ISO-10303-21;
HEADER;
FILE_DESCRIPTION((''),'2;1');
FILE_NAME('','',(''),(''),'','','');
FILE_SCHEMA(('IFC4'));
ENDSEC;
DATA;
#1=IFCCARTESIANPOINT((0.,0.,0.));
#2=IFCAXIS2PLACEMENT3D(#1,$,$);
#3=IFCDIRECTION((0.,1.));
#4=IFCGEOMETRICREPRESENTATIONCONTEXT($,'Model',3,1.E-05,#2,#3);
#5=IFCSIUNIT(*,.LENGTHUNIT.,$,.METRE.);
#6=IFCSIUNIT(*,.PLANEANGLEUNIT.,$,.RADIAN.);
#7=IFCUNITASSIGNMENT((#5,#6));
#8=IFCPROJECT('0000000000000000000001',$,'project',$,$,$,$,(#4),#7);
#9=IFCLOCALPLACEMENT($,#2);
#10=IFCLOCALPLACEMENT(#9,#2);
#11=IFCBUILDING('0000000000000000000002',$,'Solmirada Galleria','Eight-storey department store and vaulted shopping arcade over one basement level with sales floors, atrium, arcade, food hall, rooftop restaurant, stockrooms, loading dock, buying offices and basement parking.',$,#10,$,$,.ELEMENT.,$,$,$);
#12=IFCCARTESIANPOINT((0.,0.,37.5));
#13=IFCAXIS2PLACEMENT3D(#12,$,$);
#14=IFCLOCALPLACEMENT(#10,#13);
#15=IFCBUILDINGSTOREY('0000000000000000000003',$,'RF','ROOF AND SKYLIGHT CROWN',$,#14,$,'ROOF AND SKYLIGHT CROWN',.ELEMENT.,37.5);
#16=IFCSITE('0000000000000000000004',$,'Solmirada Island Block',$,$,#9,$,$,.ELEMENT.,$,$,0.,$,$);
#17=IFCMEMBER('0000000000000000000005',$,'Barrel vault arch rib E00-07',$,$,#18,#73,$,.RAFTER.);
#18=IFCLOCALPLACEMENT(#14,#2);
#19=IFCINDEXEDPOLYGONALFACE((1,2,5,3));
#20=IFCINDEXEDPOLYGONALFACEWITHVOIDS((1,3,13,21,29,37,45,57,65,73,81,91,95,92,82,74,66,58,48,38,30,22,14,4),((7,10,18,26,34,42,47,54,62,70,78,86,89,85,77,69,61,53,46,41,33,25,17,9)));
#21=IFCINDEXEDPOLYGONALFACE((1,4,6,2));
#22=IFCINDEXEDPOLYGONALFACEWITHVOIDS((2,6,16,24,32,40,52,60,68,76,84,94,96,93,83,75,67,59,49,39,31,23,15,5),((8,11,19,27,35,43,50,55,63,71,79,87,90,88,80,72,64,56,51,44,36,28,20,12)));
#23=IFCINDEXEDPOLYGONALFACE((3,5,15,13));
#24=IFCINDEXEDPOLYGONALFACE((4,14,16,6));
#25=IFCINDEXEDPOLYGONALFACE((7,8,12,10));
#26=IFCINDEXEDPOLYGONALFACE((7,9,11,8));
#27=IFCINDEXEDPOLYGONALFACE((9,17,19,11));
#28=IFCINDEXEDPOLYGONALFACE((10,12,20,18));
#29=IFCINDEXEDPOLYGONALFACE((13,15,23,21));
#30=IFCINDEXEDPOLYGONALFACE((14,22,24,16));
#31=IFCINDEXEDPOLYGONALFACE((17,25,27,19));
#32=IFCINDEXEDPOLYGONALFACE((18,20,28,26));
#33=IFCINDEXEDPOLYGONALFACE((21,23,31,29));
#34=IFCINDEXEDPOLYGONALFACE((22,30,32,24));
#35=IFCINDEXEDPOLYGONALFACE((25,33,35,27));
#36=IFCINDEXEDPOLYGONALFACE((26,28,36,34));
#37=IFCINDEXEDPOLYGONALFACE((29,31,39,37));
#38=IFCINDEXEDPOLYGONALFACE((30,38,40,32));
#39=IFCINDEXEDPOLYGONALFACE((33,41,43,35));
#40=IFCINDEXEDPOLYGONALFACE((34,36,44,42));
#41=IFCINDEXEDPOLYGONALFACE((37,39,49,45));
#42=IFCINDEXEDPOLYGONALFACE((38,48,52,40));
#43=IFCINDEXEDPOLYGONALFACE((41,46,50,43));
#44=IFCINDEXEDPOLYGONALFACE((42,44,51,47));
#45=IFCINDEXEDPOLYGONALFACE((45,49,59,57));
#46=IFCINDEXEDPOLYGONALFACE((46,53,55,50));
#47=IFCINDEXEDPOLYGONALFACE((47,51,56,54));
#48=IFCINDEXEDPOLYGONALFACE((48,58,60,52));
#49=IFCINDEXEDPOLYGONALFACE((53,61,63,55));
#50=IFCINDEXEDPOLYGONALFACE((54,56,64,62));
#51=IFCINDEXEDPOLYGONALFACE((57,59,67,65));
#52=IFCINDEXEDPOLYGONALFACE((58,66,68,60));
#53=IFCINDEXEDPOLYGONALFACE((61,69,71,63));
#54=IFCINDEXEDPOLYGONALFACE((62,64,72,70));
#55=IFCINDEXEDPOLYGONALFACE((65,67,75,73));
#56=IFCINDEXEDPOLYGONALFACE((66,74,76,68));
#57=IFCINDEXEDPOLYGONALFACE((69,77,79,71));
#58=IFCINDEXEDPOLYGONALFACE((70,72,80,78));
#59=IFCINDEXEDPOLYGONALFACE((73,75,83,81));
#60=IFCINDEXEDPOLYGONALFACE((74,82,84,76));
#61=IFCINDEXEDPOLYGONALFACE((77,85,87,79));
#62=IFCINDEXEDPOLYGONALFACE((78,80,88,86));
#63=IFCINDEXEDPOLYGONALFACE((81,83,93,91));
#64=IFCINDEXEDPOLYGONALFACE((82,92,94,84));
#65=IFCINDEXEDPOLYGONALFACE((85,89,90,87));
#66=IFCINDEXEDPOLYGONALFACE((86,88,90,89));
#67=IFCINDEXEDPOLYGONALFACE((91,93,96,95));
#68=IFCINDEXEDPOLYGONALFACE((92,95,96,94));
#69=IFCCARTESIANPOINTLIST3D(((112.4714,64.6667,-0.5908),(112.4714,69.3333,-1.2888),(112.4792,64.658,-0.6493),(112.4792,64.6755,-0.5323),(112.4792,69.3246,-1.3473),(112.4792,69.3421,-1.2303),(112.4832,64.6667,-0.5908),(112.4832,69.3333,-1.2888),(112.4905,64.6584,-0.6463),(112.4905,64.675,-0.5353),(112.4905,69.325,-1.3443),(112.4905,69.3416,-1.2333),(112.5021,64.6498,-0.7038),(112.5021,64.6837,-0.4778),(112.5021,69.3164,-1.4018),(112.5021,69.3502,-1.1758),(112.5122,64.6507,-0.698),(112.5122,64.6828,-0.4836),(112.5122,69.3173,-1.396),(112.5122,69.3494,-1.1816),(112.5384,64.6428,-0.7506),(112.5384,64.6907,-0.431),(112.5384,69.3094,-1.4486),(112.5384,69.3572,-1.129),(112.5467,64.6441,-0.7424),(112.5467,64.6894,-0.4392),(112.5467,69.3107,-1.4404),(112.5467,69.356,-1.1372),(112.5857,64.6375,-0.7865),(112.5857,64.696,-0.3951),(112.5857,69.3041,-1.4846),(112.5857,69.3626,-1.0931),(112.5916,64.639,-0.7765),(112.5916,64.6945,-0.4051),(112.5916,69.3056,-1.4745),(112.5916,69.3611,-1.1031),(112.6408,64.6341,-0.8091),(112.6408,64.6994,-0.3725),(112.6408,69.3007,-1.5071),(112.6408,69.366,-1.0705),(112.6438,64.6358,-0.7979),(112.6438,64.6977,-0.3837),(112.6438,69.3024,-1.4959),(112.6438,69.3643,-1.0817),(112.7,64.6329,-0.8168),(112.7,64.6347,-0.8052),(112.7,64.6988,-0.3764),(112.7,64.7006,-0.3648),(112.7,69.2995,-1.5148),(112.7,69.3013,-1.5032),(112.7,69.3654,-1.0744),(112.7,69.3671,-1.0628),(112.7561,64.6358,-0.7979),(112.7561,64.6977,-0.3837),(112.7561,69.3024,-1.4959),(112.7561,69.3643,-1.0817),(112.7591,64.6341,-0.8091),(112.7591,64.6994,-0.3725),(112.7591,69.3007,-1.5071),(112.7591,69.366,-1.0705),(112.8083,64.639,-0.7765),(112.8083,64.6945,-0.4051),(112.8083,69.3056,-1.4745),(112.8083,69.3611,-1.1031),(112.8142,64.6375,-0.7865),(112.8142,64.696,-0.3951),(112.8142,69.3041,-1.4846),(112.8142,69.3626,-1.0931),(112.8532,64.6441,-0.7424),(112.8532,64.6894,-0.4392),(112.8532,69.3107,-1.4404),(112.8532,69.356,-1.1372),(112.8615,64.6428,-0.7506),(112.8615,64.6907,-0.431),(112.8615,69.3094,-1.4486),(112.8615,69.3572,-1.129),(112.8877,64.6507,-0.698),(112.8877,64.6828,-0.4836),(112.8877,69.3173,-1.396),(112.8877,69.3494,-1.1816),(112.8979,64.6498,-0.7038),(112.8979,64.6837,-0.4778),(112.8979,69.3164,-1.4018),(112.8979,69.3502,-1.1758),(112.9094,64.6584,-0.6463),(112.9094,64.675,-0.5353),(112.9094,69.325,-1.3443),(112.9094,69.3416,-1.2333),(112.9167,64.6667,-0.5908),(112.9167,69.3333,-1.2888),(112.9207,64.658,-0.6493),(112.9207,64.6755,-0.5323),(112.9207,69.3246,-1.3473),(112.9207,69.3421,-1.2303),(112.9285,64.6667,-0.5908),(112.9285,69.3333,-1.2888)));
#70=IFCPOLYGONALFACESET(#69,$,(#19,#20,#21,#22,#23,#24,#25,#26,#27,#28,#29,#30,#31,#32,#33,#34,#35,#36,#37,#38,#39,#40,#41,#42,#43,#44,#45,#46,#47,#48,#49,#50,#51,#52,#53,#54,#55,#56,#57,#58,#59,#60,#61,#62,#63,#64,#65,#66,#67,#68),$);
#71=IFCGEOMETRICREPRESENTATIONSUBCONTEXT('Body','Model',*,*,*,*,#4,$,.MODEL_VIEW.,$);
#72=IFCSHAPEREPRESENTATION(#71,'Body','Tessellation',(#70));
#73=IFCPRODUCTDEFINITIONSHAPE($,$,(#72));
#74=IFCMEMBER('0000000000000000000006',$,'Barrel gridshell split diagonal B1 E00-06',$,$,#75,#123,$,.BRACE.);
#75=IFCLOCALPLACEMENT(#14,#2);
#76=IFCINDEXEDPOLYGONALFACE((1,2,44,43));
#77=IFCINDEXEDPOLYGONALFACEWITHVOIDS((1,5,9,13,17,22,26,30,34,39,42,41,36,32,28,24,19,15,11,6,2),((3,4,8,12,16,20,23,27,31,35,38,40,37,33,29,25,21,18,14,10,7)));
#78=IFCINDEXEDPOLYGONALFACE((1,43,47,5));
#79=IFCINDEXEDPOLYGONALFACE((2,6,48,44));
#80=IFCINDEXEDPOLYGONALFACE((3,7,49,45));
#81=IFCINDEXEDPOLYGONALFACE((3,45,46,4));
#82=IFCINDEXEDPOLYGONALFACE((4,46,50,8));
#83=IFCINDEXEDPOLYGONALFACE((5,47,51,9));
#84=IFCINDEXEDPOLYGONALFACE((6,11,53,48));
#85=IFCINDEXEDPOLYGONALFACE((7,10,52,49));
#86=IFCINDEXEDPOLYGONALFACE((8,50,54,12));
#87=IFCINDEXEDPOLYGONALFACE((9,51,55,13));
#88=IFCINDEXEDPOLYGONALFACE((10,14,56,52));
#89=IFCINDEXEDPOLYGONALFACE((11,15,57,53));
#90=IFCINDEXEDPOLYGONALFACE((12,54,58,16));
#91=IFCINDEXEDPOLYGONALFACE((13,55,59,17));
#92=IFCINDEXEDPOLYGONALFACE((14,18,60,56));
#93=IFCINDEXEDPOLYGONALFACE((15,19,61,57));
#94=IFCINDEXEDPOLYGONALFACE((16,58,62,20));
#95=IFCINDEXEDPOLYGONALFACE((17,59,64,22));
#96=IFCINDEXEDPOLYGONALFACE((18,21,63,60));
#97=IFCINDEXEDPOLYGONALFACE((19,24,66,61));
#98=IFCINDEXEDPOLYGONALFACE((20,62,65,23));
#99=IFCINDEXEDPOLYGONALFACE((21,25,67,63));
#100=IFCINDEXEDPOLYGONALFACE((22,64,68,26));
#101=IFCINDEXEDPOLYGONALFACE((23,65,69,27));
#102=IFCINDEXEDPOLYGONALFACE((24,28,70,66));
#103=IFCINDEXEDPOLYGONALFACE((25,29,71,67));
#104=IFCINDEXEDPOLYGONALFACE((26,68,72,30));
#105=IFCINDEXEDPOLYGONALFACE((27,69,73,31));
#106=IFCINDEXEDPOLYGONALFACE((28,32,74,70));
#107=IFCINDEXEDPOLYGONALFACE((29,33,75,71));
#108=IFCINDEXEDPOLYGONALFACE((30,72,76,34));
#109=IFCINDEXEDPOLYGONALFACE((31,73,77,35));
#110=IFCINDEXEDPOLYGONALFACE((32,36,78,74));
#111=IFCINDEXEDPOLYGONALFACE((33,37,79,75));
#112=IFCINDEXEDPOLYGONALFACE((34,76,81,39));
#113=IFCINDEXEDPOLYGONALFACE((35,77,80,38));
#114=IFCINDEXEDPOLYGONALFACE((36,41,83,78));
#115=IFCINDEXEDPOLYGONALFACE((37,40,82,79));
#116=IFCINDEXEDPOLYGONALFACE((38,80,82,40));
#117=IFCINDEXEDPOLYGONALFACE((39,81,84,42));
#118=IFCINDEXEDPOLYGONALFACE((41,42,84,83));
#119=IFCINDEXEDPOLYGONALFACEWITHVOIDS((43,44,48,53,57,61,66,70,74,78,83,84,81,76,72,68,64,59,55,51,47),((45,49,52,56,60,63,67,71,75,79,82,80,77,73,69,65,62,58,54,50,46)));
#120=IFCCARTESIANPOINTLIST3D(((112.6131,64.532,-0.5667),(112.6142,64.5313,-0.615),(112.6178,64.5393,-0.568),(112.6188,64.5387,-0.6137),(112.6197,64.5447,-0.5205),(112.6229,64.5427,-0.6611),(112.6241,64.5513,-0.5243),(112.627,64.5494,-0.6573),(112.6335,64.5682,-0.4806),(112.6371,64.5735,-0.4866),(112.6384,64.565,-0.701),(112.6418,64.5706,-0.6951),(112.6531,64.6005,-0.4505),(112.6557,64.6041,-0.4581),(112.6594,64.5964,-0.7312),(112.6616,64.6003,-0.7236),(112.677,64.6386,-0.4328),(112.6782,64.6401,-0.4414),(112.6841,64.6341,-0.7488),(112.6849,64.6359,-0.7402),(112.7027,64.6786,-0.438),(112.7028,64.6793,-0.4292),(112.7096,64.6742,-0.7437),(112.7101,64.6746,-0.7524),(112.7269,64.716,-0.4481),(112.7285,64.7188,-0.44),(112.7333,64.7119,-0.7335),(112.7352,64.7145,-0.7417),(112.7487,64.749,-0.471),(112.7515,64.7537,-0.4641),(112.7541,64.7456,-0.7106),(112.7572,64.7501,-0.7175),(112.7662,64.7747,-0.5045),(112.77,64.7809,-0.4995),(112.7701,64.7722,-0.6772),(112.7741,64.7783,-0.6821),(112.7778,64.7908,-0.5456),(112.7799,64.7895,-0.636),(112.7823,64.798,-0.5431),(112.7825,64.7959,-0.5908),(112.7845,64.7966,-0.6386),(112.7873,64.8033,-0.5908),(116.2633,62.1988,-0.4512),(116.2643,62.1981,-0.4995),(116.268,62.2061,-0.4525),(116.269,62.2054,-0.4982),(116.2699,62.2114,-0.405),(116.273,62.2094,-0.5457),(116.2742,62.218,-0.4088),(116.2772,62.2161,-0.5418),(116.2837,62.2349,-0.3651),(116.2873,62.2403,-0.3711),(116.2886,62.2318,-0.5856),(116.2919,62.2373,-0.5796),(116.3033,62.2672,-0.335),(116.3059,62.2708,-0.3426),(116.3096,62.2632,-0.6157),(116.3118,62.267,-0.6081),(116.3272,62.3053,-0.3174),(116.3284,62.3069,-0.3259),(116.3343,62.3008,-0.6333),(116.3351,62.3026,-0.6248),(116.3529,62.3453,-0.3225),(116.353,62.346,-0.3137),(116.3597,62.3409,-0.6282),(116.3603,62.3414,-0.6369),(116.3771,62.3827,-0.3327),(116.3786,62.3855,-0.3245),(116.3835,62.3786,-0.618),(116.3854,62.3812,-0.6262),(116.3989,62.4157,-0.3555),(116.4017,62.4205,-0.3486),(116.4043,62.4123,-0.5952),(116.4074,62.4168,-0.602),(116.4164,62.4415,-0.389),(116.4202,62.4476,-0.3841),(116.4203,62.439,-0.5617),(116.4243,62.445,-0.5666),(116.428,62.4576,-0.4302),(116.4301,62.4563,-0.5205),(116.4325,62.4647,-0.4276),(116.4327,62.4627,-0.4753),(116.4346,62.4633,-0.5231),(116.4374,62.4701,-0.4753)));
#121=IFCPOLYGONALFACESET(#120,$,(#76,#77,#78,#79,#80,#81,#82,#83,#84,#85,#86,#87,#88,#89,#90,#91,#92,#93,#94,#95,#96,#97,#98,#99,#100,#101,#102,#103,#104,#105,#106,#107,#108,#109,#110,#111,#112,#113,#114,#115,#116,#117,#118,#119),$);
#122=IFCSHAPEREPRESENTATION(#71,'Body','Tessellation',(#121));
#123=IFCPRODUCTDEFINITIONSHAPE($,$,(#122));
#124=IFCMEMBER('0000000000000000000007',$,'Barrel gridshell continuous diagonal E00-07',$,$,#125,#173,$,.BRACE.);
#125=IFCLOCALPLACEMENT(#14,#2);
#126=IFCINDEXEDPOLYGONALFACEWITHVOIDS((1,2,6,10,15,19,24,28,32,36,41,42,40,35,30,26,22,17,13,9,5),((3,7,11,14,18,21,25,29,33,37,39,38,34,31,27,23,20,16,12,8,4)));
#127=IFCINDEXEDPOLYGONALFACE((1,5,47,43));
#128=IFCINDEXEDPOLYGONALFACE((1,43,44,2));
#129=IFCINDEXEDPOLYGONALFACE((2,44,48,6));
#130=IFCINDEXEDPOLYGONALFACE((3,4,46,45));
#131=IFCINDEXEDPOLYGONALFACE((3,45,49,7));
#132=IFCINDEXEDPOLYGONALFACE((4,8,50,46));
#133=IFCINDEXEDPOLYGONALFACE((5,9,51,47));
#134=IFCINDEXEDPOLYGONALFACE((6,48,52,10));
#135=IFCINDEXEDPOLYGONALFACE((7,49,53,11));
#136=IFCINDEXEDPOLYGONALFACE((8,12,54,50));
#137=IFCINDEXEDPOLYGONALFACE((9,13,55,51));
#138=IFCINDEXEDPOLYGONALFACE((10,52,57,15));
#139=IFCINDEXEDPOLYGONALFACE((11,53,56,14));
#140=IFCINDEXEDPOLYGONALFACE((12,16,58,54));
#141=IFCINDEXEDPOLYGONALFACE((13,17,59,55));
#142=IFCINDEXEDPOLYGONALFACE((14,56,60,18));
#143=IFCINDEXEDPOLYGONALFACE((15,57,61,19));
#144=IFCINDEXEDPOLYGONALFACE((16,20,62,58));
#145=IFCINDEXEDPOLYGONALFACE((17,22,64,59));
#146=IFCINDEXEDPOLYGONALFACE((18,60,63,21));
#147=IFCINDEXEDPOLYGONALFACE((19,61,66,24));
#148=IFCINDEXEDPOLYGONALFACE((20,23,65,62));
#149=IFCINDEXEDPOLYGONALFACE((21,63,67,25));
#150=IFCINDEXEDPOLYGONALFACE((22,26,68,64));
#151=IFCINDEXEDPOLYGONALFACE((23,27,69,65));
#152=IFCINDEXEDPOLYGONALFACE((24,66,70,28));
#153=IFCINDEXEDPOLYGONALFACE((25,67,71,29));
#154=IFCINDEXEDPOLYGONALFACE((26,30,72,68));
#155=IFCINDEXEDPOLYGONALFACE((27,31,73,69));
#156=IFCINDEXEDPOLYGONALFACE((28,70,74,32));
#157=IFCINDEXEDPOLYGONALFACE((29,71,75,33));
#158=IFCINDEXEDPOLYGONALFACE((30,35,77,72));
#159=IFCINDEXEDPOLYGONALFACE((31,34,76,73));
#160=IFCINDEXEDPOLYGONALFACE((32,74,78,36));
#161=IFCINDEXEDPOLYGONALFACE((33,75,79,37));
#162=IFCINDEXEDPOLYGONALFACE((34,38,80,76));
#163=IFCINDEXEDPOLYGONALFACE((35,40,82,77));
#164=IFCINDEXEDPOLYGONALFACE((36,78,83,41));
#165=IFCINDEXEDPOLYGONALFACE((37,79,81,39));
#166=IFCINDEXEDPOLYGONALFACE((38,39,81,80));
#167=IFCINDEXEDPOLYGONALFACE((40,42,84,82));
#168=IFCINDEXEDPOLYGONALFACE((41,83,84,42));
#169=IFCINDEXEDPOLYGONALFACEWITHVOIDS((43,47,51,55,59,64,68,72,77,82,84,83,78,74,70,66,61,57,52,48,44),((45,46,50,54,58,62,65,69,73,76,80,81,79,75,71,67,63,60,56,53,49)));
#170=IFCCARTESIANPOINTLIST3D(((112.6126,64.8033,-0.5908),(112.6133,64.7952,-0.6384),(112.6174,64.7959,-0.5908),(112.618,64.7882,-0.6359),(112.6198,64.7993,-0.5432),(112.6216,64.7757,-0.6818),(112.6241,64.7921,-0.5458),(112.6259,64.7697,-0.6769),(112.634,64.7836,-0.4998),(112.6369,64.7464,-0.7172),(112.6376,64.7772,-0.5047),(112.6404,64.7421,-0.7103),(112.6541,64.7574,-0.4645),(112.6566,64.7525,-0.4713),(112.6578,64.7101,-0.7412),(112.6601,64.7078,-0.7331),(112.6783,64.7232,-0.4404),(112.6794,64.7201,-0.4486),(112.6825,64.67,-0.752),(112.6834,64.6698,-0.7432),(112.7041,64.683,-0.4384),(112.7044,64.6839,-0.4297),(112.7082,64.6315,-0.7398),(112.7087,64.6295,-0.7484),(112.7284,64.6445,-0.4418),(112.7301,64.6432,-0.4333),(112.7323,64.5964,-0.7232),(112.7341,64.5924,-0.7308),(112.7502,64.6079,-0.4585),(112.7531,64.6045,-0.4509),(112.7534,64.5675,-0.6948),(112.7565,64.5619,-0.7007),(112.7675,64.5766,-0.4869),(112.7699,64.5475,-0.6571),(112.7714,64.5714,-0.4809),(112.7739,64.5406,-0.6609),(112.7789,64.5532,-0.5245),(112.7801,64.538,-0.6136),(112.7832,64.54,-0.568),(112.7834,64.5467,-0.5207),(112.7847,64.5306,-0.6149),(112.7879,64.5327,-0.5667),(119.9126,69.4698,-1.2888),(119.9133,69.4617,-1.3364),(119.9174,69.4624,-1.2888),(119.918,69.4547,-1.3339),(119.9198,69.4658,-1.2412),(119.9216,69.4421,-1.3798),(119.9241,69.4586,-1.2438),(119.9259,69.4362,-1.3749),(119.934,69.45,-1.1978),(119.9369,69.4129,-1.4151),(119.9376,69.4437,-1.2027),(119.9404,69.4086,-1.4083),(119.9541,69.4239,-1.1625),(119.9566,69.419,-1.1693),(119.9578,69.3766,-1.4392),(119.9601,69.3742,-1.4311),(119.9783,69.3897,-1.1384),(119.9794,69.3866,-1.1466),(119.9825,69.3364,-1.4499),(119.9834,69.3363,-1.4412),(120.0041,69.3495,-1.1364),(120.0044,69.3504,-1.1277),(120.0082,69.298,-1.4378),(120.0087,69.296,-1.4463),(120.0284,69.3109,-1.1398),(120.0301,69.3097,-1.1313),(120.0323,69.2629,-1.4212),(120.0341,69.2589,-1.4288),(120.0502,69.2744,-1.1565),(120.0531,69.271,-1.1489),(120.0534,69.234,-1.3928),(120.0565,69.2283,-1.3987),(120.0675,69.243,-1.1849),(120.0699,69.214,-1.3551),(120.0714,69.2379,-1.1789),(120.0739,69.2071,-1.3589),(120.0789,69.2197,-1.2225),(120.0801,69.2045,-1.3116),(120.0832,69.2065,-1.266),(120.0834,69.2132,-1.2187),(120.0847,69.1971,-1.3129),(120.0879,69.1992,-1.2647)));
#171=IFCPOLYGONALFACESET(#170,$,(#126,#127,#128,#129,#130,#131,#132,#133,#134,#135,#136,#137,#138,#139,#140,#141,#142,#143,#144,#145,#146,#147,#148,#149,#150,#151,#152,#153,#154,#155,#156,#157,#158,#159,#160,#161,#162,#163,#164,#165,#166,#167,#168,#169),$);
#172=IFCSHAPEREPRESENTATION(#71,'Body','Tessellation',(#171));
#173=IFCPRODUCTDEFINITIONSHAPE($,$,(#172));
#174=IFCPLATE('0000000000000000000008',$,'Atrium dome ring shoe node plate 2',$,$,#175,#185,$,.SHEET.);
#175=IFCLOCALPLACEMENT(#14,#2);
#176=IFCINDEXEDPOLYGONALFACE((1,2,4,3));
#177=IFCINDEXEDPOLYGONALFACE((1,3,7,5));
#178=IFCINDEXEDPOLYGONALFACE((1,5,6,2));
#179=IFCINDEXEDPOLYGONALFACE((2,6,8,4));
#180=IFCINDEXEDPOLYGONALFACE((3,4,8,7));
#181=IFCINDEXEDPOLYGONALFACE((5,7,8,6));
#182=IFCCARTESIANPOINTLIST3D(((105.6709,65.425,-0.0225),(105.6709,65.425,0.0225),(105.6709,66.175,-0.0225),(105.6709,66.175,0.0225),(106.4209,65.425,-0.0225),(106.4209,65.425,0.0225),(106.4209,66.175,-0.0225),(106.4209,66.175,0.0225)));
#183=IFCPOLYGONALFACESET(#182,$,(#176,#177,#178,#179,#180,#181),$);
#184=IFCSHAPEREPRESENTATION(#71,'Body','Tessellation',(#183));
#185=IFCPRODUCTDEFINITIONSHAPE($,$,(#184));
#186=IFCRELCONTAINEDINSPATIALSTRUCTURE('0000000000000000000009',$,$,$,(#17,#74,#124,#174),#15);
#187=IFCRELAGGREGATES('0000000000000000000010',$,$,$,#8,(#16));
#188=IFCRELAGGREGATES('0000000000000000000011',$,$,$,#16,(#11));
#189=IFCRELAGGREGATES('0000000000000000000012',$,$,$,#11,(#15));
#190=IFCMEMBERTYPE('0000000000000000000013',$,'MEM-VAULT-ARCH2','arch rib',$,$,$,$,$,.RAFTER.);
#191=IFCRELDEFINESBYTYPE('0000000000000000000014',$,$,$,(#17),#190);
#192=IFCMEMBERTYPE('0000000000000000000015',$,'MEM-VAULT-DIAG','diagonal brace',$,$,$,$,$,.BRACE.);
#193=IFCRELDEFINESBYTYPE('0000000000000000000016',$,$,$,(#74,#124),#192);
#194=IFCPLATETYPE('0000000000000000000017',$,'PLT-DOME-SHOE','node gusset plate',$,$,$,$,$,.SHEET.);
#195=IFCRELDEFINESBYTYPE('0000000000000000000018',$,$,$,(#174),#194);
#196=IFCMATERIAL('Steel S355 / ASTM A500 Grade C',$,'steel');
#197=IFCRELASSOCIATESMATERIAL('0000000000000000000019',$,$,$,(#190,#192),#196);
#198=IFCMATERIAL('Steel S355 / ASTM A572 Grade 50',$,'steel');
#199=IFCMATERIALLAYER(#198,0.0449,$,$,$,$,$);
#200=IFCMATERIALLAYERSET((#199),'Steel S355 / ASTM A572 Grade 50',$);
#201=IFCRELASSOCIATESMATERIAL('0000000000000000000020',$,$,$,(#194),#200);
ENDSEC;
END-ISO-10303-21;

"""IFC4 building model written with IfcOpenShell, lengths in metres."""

from ifc_helpers import new_model, si_unit, direction, frame, origin, origin_2d, place, context, subcontext, project, spatial, rectangle, hollow_circle, extrude, material, layer, layer_set, material_profile, profile_set, type_object, element, save


model = new_model("IFC4")

# Units and contexts
model_context = context("Model", 3, precision=1e-05, world=origin(), true_north=direction((0.0, 1.0)))
body_context = subcontext(model_context, "Body", "Model", "MODEL_VIEW")
ifc_project = project(units=[si_unit("LENGTHUNIT", "METRE"), si_unit("PLANEANGLEUNIT", "RADIAN")], contexts=[model_context])

# Site, building, storey
site_placement = place(None, origin())
site = spatial("IfcSite", under=ifc_project, at=site_placement, Name="Solmirada Island Block", CompositionType="ELEMENT", RefElevation=0.0)
building_placement = place(site_placement, origin())
building = spatial("IfcBuilding", under=site, at=building_placement, Name="Solmirada Galleria", Description="Eight-storey department store and vaulted shopping arcade over one basement level with sales floors, atrium, arcade, food hall, rooftop restaurant, stockrooms, loading dock, buying offices and basement parking.", CompositionType="ELEMENT")
storey_placement = place(building_placement, frame((0.0, 0.0, 37.5)))
storey = spatial("IfcBuildingStorey", under=building, at=storey_placement, Name="RF", Description="ROOF AND SKYLIGHT CROWN", LongName="ROOF AND SKYLIGHT CROWN", CompositionType="ELEMENT", Elevation=37.5)

# Members
ifc_material_1 = material(Name="Steel S355 / ASTM A500 Grade C", Category="steel")
ifc_material_profile_1 = material_profile(ifc_material_1, hollow_circle(Radius=0.2285, WallThickness=0.0117, at=origin_2d()), Name="HSS18.000X0.500")
ifc_profile_set_1 = profile_set([ifc_material_profile_1], Name="Steel S355 / ASTM A500 Grade C")
member_type_1 = type_object("IfcMemberType", Name="MEM-VAULT-ARCH2", Description="arch rib", PredefinedType="RAFTER", material=ifc_profile_set_1)
member_1_placement = place(storey_placement, frame((112.7, 64.6667, -0.5908), z_axis=(0.0, 0.988998, -0.147931), x_axis=(-1.0, 0.0, 0.0)))
element("IfcMember", 1, at=member_1_placement, inside=storey, type_object=member_type_1, Name="Barrel vault arch rib E00-07", PredefinedType="RAFTER", context=body_context, shape_type="SweptSolid", body=[
    extrude(hollow_circle(Radius=0.2285, WallThickness=0.0117, at=origin_2d()), origin(), (0.0, 0.0, 1.0), 4.7185),
])
ifc_material_profile_2 = material_profile(ifc_material_1, hollow_circle(Radius=0.1621, WallThickness=0.0088, at=origin_2d()), Name="HSS12.750X0.375")
ifc_profile_set_2 = profile_set([ifc_material_profile_2], Name="Steel S355 / ASTM A500 Grade C")
member_type_2 = type_object("IfcMemberType", Name="MEM-VAULT-DIAG", Description="diagonal brace", PredefinedType="BRACE", material=ifc_profile_set_2)
member_2_placement = place(storey_placement, frame((112.7, 64.6667, -0.5908), z_axis=(0.84227, -0.538397, 0.026647), x_axis=(0.538588, 0.842569, 0.0)))
element("IfcMember", 2, at=member_2_placement, inside=storey, type_object=member_type_2, Name="Barrel gridshell split diagonal B1 E00-06", PredefinedType="BRACE", context=body_context, shape_type="SweptSolid", body=[
    extrude(hollow_circle(Radius=0.1621, WallThickness=0.0088, at=origin_2d()), origin(), (0.0, 0.0, 1.0), 4.3337),
])
member_3_placement = place(storey_placement, frame((112.7, 64.6667, -0.5908), z_axis=(0.83984, 0.536862, -0.080302), x_axis=(-0.538601, 0.842561, 0.0)))
element("IfcMember", 3, at=member_3_placement, inside=storey, type_object=member_type_2, Name="Barrel gridshell continuous diagonal E00-07", PredefinedType="BRACE", context=body_context, shape_type="SweptSolid", body=[
    extrude(hollow_circle(Radius=0.1621, WallThickness=0.0088, at=origin_2d()), origin(), (0.0, 0.0, 1.0), 8.6921),
])

# Plate
ifc_material_2 = material(Name="Steel S355 / ASTM A572 Grade 50", Category="steel")
ifc_layer_1 = layer(ifc_material_2, 0.0449)
ifc_layer_set_1 = layer_set([ifc_layer_1], Name="Steel S355 / ASTM A572 Grade 50")
plate_type_1 = type_object("IfcPlateType", Name="PLT-DOME-SHOE", Description="node gusset plate", PredefinedType="SHEET", material=ifc_layer_set_1)
plate_1_placement = place(storey_placement, frame((106.0459, 65.8, -0.0225), z_axis=(0.0, 0.0, 1.0), x_axis=(1.0, 0.0, 0.0)))
element("IfcPlate", 4, at=plate_1_placement, inside=storey, type_object=plate_type_1, Name="Atrium dome ring shoe node plate 2", PredefinedType="SHEET", context=body_context, shape_type="SweptSolid", body=[
    extrude(rectangle(XDim=0.75, YDim=0.75, at=origin_2d()), origin(), (0.0, 0.0, 1.0), 0.0449),
])

save(model, "model.ifc")
